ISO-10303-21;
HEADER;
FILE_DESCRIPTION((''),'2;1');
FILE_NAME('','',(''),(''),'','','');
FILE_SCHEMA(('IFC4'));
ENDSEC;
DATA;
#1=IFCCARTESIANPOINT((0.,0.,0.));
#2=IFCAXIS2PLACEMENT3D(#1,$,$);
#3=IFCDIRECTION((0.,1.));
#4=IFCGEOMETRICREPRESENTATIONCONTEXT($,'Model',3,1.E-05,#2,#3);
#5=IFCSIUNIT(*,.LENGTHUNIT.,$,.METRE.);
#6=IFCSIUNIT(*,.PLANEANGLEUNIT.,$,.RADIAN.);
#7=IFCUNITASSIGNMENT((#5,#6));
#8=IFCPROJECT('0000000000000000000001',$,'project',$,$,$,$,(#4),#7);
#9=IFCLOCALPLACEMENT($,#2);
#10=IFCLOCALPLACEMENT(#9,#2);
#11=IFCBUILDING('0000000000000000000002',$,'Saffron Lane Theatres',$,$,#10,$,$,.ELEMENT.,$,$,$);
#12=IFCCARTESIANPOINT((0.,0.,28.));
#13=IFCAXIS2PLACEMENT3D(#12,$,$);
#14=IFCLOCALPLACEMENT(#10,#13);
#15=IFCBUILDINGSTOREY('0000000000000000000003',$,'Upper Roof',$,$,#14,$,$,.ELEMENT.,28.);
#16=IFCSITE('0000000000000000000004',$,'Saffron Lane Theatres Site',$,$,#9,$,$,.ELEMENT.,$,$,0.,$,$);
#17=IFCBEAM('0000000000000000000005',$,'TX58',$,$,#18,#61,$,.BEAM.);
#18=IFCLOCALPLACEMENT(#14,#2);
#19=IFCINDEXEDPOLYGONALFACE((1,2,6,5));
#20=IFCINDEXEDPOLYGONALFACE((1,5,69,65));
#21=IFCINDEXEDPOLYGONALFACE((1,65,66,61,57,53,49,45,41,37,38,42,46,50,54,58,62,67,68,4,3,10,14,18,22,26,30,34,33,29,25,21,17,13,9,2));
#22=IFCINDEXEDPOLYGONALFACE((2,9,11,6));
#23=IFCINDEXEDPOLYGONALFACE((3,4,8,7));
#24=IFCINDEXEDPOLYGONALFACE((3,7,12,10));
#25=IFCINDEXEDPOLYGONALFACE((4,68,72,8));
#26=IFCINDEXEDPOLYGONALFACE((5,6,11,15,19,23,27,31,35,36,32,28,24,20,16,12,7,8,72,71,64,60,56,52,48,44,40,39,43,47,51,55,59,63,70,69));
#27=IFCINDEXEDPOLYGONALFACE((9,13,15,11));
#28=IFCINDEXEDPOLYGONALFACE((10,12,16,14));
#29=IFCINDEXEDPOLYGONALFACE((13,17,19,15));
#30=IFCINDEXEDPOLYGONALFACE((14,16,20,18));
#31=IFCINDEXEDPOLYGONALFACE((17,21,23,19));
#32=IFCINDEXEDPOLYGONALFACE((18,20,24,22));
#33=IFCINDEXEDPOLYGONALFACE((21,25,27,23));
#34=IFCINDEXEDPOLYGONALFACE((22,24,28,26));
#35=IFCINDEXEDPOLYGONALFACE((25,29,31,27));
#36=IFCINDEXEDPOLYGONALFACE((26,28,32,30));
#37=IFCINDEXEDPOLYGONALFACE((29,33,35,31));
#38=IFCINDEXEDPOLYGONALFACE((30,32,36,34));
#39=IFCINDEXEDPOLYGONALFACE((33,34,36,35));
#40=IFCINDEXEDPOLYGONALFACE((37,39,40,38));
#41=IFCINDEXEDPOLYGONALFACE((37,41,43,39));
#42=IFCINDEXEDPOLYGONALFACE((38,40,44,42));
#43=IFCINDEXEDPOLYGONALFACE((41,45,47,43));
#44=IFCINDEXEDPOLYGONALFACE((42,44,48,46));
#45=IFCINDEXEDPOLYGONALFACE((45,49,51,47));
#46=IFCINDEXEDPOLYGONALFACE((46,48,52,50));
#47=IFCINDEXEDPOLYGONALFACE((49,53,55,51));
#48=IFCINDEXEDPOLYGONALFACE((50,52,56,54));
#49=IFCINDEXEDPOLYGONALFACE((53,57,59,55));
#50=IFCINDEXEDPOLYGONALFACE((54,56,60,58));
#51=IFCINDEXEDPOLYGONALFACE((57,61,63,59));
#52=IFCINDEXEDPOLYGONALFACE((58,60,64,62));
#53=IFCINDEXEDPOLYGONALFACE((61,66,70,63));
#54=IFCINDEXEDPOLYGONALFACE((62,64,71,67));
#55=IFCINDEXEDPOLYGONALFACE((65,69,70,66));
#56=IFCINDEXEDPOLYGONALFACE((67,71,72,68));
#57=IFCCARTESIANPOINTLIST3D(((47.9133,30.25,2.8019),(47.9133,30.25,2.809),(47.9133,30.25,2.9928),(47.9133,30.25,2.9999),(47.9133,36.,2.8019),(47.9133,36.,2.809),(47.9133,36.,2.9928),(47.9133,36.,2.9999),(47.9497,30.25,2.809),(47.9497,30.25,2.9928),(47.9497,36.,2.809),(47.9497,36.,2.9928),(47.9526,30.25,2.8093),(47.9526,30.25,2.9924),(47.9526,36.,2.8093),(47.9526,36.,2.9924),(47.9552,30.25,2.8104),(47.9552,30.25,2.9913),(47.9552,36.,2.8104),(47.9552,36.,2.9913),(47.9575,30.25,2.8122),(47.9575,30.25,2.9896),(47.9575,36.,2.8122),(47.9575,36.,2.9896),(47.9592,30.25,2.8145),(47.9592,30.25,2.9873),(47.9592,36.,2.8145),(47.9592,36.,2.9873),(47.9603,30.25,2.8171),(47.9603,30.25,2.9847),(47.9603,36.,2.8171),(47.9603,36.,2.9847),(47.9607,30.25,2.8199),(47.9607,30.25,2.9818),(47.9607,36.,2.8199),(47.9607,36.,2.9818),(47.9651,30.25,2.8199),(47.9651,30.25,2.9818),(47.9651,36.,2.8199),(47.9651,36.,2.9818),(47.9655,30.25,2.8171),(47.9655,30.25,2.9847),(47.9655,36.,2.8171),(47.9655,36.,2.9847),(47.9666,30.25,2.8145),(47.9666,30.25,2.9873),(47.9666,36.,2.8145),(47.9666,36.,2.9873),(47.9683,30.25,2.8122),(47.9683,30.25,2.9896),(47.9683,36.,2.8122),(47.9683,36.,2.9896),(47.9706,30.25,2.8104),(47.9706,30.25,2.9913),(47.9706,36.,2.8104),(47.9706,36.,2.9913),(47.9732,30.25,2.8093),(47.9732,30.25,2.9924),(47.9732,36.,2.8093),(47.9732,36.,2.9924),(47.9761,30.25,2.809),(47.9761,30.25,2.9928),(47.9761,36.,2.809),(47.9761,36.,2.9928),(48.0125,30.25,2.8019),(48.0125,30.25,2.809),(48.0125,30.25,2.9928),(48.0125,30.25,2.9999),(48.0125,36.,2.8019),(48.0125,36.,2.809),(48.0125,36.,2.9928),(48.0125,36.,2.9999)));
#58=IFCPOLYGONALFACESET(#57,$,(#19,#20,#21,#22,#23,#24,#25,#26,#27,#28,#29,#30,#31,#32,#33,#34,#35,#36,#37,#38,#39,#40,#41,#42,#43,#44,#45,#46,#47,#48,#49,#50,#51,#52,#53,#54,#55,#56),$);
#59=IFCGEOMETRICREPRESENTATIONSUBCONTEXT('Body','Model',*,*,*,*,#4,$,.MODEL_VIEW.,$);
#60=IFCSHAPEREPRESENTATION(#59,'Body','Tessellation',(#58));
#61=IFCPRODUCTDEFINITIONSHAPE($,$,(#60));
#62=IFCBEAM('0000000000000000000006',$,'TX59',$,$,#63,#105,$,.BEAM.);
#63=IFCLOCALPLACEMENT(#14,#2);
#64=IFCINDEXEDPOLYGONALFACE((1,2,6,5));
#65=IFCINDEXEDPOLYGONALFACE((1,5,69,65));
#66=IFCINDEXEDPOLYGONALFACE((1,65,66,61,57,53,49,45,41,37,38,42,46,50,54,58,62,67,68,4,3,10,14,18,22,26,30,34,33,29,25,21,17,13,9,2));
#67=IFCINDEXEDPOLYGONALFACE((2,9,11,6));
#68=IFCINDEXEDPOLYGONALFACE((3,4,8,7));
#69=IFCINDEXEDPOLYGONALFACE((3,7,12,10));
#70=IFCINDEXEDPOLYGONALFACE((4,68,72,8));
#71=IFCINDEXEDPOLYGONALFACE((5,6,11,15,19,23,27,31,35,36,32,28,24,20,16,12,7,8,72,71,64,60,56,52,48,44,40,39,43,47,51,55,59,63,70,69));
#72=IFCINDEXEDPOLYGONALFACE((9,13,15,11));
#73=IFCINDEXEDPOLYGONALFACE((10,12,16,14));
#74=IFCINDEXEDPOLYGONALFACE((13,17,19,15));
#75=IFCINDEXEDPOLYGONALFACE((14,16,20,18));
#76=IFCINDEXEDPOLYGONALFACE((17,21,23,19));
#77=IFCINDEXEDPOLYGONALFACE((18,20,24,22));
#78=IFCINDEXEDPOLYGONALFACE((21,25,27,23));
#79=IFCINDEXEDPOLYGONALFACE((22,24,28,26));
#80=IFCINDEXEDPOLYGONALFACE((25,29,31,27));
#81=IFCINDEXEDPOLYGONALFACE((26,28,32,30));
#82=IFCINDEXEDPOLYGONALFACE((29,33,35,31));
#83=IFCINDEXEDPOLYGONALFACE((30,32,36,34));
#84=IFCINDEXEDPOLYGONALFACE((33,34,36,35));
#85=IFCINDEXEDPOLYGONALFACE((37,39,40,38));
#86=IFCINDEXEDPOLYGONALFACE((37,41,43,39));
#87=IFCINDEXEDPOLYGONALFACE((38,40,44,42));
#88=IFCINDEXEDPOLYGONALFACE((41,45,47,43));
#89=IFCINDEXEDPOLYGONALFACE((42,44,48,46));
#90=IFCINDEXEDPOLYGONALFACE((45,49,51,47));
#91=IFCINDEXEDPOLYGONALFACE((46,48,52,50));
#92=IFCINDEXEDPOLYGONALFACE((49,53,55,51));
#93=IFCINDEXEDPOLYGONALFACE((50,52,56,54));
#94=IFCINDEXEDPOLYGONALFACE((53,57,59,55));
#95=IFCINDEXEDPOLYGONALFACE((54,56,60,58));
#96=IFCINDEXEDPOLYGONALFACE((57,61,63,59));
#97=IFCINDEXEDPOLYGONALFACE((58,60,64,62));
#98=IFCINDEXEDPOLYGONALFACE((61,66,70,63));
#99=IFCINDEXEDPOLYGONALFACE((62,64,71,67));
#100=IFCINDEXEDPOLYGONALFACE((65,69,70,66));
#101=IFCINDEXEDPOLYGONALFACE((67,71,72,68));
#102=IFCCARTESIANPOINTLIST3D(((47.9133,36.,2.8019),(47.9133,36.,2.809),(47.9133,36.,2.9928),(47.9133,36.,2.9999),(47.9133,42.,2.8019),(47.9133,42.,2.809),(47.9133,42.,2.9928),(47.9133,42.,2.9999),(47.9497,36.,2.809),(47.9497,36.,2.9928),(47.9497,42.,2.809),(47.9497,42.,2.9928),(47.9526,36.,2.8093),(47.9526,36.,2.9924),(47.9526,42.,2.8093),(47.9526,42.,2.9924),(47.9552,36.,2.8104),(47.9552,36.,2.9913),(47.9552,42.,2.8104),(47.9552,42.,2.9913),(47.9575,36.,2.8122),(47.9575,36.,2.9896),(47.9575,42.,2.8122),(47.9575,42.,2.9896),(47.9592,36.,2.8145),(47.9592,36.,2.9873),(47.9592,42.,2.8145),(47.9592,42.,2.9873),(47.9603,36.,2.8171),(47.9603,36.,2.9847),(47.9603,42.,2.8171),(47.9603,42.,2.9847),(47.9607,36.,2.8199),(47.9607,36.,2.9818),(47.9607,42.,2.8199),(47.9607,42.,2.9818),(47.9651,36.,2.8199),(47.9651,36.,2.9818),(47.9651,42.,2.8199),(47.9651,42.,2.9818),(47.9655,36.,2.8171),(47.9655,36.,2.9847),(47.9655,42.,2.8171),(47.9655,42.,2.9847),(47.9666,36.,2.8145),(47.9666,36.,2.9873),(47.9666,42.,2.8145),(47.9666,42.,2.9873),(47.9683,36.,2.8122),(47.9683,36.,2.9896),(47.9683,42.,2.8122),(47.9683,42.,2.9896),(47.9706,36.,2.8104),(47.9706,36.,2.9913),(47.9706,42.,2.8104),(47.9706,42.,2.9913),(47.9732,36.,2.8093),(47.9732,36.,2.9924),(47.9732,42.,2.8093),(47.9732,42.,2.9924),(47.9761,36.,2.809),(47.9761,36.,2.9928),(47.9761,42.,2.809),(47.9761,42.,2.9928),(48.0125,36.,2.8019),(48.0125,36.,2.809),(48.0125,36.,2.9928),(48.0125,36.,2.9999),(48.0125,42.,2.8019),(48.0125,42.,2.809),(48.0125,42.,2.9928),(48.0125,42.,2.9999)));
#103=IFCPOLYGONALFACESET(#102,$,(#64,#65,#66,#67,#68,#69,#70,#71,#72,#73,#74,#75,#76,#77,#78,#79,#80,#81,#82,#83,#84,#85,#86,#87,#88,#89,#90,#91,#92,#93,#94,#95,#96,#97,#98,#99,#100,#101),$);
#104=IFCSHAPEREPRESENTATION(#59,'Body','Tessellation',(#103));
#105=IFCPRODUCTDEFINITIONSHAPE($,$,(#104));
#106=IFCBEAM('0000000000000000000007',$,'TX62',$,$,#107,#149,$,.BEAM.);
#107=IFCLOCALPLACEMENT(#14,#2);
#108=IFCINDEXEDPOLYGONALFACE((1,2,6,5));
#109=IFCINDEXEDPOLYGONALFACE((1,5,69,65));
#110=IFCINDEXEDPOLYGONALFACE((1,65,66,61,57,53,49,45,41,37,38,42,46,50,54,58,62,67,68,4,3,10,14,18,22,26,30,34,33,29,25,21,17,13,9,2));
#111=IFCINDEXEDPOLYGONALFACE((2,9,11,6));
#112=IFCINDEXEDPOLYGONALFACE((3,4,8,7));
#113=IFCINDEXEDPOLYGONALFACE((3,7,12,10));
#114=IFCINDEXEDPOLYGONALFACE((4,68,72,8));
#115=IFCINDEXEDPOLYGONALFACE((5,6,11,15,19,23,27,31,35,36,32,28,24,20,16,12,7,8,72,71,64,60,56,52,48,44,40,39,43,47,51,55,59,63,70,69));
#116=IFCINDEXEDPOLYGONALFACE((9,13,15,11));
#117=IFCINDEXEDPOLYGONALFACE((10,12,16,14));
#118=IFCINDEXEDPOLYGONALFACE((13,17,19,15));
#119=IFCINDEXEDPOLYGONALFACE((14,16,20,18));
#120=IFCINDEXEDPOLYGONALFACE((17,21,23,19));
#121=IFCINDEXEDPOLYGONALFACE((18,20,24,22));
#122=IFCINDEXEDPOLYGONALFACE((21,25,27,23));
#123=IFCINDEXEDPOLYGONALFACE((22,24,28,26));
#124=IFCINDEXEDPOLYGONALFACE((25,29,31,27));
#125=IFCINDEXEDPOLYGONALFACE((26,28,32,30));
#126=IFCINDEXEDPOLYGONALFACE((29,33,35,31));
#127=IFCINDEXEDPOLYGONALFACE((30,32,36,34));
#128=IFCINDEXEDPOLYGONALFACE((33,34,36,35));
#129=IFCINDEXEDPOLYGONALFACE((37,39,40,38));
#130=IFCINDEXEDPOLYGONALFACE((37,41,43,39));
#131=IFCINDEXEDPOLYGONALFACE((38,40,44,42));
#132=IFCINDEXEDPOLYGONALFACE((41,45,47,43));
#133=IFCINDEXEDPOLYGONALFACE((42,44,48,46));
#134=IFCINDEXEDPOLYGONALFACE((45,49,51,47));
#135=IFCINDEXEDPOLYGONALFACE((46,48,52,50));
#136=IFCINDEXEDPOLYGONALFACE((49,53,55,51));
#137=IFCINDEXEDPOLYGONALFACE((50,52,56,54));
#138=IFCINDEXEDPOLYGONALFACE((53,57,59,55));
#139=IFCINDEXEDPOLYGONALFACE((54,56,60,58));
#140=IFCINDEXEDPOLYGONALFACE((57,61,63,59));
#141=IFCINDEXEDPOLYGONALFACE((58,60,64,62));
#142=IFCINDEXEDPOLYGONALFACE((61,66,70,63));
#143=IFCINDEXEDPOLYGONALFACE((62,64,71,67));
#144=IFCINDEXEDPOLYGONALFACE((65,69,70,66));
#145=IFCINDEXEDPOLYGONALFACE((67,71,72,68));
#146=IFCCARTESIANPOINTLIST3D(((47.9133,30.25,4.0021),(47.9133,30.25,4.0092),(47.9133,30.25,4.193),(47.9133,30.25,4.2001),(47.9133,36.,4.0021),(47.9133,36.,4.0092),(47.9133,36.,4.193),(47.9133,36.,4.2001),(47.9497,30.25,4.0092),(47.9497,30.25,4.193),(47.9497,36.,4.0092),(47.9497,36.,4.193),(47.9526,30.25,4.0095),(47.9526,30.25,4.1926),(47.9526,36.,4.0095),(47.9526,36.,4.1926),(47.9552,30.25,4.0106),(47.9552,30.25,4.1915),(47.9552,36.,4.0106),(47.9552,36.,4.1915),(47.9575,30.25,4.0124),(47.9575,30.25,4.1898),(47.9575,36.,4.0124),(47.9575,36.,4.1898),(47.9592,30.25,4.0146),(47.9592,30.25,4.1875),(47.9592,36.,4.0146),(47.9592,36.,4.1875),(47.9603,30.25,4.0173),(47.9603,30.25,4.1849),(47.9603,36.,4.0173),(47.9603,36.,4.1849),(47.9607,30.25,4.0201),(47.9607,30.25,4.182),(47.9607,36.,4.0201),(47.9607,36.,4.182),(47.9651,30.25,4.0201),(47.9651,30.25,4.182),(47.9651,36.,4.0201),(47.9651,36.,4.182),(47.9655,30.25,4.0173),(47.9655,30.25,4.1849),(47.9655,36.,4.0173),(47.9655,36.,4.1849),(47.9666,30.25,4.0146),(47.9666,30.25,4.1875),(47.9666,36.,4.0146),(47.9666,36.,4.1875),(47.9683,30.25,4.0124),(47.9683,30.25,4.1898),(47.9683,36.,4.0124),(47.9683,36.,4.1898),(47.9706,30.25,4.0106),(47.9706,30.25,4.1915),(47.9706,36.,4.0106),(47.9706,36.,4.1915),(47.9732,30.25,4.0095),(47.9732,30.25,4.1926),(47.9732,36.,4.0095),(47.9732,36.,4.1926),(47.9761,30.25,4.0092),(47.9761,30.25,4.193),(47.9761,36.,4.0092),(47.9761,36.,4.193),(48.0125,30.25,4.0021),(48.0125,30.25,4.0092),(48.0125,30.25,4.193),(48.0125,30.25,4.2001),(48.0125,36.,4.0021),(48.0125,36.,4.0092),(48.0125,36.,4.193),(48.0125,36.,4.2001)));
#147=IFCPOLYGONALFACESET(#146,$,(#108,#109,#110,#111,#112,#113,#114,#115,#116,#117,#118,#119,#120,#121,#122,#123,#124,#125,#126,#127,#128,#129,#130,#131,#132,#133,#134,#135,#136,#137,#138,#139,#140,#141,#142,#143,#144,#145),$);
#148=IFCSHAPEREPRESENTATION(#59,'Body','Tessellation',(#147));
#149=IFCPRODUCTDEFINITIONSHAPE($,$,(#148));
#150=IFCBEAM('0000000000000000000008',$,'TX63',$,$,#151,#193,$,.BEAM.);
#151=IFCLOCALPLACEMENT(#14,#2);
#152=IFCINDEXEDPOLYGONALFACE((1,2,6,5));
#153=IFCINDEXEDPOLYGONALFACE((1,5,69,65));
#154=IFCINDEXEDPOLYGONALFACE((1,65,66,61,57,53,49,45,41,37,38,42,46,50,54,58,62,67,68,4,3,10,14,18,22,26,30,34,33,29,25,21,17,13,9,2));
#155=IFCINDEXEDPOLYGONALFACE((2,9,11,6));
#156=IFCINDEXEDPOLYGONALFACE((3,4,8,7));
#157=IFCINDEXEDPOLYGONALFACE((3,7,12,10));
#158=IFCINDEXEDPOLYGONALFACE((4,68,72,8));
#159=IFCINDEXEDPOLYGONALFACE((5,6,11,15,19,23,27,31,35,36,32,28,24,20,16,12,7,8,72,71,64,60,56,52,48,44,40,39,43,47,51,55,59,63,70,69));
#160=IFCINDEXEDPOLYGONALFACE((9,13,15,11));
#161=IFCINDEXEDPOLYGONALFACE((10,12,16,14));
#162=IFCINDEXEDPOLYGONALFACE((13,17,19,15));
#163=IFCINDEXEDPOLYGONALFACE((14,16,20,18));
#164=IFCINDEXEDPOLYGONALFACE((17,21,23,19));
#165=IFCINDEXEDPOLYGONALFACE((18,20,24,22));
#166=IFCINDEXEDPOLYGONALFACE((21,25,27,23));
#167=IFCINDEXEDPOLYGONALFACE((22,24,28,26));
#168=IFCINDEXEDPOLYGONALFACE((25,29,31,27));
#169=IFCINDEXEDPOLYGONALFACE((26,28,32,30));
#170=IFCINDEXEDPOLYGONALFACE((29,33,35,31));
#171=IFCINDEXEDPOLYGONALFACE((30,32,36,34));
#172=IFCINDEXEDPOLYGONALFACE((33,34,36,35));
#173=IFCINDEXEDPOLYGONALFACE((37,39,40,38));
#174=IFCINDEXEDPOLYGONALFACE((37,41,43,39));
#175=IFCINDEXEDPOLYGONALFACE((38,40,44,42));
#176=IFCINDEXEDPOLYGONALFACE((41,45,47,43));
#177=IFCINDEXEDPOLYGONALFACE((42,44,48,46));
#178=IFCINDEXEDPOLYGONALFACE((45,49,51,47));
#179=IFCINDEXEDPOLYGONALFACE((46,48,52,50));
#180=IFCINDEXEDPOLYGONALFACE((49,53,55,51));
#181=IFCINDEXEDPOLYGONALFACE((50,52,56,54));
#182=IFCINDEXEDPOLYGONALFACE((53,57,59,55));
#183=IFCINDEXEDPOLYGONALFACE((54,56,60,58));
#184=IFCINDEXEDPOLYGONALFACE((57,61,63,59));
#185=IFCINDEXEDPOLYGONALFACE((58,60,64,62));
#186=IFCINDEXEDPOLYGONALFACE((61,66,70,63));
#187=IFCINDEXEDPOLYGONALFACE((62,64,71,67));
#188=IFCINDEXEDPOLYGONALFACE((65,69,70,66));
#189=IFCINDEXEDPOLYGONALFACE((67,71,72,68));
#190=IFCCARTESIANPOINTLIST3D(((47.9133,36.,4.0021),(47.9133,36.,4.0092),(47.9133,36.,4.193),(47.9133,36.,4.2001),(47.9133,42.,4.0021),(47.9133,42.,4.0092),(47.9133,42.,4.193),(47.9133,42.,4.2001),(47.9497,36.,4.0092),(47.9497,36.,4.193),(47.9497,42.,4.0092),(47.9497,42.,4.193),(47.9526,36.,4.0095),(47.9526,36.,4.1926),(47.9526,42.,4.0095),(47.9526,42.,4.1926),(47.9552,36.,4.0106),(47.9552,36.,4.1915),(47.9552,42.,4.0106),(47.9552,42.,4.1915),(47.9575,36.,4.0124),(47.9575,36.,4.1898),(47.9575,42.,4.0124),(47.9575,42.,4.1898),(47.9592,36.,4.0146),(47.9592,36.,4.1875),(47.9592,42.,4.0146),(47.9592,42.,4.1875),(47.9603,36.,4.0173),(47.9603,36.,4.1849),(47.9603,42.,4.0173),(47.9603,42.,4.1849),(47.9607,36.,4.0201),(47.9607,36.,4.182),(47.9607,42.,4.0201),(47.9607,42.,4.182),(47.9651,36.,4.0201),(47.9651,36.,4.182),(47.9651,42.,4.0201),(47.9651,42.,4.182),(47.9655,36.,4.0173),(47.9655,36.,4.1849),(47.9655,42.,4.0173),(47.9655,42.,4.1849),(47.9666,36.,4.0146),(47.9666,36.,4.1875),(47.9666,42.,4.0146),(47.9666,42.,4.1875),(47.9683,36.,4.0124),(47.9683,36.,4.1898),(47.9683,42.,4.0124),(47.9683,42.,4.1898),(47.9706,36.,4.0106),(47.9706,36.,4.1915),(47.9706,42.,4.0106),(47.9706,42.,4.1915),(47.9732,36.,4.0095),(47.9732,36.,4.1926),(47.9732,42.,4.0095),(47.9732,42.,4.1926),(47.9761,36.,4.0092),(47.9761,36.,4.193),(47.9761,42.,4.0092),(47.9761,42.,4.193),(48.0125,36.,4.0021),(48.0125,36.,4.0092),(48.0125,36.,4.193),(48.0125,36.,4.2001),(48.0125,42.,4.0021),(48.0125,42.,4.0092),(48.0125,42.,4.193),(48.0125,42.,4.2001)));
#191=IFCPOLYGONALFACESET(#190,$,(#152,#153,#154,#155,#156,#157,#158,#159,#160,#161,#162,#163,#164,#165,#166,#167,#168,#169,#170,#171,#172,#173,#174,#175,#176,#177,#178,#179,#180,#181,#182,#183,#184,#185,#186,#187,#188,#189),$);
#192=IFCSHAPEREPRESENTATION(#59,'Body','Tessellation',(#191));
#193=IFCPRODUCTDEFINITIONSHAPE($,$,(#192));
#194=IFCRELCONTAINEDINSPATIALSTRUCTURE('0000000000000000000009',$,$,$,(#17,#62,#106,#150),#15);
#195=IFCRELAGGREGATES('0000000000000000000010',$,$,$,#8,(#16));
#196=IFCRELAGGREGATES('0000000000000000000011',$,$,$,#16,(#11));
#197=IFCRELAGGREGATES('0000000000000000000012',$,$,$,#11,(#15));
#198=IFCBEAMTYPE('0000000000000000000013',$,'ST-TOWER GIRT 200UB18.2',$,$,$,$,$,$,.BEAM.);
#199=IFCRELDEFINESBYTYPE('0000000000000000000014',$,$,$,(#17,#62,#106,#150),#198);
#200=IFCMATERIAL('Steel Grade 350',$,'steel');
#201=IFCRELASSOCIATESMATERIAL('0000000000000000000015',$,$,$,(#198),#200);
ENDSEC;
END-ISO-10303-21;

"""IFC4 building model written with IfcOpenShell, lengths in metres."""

from ifc_helpers import new_model, si_unit, direction, frame, origin, origin_2d, place, context, subcontext, project, spatial, i_section, extrude, material, material_profile, profile_set, type_object, element, save


model = new_model("IFC4")

# Units and contexts
model_context = context("Model", 3, precision=1e-05, world=origin(), true_north=direction((0.0, 1.0)))
body_context = subcontext(model_context, "Body", "Model", "MODEL_VIEW")
ifc_project = project(units=[si_unit("LENGTHUNIT", "METRE"), si_unit("PLANEANGLEUNIT", "RADIAN")], contexts=[model_context])

# Site, building, storey
site_placement = place(None, origin())
site = spatial("IfcSite", under=ifc_project, at=site_placement, Name="Saffron Lane Theatres Site", CompositionType="ELEMENT", RefElevation=0.0)
building_placement = place(site_placement, origin())
building = spatial("IfcBuilding", under=site, at=building_placement, Name="Saffron Lane Theatres", CompositionType="ELEMENT")
storey_placement = place(building_placement, frame((0.0, 0.0, 28.0)))
storey = spatial("IfcBuildingStorey", under=building, at=storey_placement, Name="Upper Roof", CompositionType="ELEMENT", Elevation=28.0)

# Beams
ifc_material_1 = material(Name="Steel Grade 350", Category="steel")
ifc_material_profile_1 = material_profile(ifc_material_1, i_section(OverallWidth=0.0991, OverallDepth=0.198, WebThickness=0.0044, FlangeThickness=0.0071, FilletRadius=0.011, at=origin_2d()))
ifc_profile_set_1 = profile_set([ifc_material_profile_1], Name="Steel Grade 350")
beam_type_1 = type_object("IfcBeamType", Name="ST-TOWER GIRT 200UB18.2", PredefinedType="BEAM", material=ifc_profile_set_1)
for number, where, z_axis, x_axis, name in (
    (1, (47.9629, 30.25, 2.9009), (0.0, 1.0, 0.0), (-1.0, 0.0, 0.0), "TX58"),
):
    element("IfcBeam", number, at=place(storey_placement, frame(where, z_axis=z_axis, x_axis=x_axis)), inside=storey, type_object=beam_type_1, Name=name, PredefinedType="BEAM", context=body_context, shape_type="SweptSolid", body=[
        extrude(i_section(OverallWidth=0.0991, OverallDepth=0.198, WebThickness=0.0044, FlangeThickness=0.0071, FilletRadius=0.011, at=origin_2d()), origin(), (0.0, 0.0, 1.0), 5.75),
    ])
beam_1_placement = place(storey_placement, frame((47.9629, 36.0, 2.9009), z_axis=(0.0, 1.0, 0.0), x_axis=(-1.0, 0.0, 0.0)))
element("IfcBeam", 2, at=beam_1_placement, inside=storey, type_object=beam_type_1, Name="TX59", PredefinedType="BEAM", context=body_context, shape_type="SweptSolid", body=[
    extrude(i_section(OverallWidth=0.0991, OverallDepth=0.198, WebThickness=0.0044, FlangeThickness=0.0071, FilletRadius=0.011, at=origin_2d()), origin(), (0.0, 0.0, 1.0), 6.0),
])
beam_2_placement = place(storey_placement, frame((47.9629, 30.25, 4.1011), z_axis=(0.0, 1.0, 0.0), x_axis=(-1.0, 0.0, 0.0)))
element("IfcBeam", 3, at=beam_2_placement, inside=storey, type_object=beam_type_1, Name="TX62", PredefinedType="BEAM", context=body_context, shape_type="SweptSolid", body=[
    extrude(i_section(OverallWidth=0.0991, OverallDepth=0.198, WebThickness=0.0044, FlangeThickness=0.0071, FilletRadius=0.011, at=origin_2d()), origin(), (0.0, 0.0, 1.0), 5.75),
])
beam_3_placement = place(storey_placement, frame((47.9629, 36.0, 4.1011), z_axis=(0.0, 1.0, 0.0), x_axis=(-1.0, 0.0, 0.0)))
element("IfcBeam", 4, at=beam_3_placement, inside=storey, type_object=beam_type_1, Name="TX63", PredefinedType="BEAM", context=body_context, shape_type="SweptSolid", body=[
    extrude(i_section(OverallWidth=0.0991, OverallDepth=0.198, WebThickness=0.0044, FlangeThickness=0.0071, FilletRadius=0.011, at=origin_2d()), origin(), (0.0, 0.0, 1.0), 6.0),
])

save(model, "model.ifc")
